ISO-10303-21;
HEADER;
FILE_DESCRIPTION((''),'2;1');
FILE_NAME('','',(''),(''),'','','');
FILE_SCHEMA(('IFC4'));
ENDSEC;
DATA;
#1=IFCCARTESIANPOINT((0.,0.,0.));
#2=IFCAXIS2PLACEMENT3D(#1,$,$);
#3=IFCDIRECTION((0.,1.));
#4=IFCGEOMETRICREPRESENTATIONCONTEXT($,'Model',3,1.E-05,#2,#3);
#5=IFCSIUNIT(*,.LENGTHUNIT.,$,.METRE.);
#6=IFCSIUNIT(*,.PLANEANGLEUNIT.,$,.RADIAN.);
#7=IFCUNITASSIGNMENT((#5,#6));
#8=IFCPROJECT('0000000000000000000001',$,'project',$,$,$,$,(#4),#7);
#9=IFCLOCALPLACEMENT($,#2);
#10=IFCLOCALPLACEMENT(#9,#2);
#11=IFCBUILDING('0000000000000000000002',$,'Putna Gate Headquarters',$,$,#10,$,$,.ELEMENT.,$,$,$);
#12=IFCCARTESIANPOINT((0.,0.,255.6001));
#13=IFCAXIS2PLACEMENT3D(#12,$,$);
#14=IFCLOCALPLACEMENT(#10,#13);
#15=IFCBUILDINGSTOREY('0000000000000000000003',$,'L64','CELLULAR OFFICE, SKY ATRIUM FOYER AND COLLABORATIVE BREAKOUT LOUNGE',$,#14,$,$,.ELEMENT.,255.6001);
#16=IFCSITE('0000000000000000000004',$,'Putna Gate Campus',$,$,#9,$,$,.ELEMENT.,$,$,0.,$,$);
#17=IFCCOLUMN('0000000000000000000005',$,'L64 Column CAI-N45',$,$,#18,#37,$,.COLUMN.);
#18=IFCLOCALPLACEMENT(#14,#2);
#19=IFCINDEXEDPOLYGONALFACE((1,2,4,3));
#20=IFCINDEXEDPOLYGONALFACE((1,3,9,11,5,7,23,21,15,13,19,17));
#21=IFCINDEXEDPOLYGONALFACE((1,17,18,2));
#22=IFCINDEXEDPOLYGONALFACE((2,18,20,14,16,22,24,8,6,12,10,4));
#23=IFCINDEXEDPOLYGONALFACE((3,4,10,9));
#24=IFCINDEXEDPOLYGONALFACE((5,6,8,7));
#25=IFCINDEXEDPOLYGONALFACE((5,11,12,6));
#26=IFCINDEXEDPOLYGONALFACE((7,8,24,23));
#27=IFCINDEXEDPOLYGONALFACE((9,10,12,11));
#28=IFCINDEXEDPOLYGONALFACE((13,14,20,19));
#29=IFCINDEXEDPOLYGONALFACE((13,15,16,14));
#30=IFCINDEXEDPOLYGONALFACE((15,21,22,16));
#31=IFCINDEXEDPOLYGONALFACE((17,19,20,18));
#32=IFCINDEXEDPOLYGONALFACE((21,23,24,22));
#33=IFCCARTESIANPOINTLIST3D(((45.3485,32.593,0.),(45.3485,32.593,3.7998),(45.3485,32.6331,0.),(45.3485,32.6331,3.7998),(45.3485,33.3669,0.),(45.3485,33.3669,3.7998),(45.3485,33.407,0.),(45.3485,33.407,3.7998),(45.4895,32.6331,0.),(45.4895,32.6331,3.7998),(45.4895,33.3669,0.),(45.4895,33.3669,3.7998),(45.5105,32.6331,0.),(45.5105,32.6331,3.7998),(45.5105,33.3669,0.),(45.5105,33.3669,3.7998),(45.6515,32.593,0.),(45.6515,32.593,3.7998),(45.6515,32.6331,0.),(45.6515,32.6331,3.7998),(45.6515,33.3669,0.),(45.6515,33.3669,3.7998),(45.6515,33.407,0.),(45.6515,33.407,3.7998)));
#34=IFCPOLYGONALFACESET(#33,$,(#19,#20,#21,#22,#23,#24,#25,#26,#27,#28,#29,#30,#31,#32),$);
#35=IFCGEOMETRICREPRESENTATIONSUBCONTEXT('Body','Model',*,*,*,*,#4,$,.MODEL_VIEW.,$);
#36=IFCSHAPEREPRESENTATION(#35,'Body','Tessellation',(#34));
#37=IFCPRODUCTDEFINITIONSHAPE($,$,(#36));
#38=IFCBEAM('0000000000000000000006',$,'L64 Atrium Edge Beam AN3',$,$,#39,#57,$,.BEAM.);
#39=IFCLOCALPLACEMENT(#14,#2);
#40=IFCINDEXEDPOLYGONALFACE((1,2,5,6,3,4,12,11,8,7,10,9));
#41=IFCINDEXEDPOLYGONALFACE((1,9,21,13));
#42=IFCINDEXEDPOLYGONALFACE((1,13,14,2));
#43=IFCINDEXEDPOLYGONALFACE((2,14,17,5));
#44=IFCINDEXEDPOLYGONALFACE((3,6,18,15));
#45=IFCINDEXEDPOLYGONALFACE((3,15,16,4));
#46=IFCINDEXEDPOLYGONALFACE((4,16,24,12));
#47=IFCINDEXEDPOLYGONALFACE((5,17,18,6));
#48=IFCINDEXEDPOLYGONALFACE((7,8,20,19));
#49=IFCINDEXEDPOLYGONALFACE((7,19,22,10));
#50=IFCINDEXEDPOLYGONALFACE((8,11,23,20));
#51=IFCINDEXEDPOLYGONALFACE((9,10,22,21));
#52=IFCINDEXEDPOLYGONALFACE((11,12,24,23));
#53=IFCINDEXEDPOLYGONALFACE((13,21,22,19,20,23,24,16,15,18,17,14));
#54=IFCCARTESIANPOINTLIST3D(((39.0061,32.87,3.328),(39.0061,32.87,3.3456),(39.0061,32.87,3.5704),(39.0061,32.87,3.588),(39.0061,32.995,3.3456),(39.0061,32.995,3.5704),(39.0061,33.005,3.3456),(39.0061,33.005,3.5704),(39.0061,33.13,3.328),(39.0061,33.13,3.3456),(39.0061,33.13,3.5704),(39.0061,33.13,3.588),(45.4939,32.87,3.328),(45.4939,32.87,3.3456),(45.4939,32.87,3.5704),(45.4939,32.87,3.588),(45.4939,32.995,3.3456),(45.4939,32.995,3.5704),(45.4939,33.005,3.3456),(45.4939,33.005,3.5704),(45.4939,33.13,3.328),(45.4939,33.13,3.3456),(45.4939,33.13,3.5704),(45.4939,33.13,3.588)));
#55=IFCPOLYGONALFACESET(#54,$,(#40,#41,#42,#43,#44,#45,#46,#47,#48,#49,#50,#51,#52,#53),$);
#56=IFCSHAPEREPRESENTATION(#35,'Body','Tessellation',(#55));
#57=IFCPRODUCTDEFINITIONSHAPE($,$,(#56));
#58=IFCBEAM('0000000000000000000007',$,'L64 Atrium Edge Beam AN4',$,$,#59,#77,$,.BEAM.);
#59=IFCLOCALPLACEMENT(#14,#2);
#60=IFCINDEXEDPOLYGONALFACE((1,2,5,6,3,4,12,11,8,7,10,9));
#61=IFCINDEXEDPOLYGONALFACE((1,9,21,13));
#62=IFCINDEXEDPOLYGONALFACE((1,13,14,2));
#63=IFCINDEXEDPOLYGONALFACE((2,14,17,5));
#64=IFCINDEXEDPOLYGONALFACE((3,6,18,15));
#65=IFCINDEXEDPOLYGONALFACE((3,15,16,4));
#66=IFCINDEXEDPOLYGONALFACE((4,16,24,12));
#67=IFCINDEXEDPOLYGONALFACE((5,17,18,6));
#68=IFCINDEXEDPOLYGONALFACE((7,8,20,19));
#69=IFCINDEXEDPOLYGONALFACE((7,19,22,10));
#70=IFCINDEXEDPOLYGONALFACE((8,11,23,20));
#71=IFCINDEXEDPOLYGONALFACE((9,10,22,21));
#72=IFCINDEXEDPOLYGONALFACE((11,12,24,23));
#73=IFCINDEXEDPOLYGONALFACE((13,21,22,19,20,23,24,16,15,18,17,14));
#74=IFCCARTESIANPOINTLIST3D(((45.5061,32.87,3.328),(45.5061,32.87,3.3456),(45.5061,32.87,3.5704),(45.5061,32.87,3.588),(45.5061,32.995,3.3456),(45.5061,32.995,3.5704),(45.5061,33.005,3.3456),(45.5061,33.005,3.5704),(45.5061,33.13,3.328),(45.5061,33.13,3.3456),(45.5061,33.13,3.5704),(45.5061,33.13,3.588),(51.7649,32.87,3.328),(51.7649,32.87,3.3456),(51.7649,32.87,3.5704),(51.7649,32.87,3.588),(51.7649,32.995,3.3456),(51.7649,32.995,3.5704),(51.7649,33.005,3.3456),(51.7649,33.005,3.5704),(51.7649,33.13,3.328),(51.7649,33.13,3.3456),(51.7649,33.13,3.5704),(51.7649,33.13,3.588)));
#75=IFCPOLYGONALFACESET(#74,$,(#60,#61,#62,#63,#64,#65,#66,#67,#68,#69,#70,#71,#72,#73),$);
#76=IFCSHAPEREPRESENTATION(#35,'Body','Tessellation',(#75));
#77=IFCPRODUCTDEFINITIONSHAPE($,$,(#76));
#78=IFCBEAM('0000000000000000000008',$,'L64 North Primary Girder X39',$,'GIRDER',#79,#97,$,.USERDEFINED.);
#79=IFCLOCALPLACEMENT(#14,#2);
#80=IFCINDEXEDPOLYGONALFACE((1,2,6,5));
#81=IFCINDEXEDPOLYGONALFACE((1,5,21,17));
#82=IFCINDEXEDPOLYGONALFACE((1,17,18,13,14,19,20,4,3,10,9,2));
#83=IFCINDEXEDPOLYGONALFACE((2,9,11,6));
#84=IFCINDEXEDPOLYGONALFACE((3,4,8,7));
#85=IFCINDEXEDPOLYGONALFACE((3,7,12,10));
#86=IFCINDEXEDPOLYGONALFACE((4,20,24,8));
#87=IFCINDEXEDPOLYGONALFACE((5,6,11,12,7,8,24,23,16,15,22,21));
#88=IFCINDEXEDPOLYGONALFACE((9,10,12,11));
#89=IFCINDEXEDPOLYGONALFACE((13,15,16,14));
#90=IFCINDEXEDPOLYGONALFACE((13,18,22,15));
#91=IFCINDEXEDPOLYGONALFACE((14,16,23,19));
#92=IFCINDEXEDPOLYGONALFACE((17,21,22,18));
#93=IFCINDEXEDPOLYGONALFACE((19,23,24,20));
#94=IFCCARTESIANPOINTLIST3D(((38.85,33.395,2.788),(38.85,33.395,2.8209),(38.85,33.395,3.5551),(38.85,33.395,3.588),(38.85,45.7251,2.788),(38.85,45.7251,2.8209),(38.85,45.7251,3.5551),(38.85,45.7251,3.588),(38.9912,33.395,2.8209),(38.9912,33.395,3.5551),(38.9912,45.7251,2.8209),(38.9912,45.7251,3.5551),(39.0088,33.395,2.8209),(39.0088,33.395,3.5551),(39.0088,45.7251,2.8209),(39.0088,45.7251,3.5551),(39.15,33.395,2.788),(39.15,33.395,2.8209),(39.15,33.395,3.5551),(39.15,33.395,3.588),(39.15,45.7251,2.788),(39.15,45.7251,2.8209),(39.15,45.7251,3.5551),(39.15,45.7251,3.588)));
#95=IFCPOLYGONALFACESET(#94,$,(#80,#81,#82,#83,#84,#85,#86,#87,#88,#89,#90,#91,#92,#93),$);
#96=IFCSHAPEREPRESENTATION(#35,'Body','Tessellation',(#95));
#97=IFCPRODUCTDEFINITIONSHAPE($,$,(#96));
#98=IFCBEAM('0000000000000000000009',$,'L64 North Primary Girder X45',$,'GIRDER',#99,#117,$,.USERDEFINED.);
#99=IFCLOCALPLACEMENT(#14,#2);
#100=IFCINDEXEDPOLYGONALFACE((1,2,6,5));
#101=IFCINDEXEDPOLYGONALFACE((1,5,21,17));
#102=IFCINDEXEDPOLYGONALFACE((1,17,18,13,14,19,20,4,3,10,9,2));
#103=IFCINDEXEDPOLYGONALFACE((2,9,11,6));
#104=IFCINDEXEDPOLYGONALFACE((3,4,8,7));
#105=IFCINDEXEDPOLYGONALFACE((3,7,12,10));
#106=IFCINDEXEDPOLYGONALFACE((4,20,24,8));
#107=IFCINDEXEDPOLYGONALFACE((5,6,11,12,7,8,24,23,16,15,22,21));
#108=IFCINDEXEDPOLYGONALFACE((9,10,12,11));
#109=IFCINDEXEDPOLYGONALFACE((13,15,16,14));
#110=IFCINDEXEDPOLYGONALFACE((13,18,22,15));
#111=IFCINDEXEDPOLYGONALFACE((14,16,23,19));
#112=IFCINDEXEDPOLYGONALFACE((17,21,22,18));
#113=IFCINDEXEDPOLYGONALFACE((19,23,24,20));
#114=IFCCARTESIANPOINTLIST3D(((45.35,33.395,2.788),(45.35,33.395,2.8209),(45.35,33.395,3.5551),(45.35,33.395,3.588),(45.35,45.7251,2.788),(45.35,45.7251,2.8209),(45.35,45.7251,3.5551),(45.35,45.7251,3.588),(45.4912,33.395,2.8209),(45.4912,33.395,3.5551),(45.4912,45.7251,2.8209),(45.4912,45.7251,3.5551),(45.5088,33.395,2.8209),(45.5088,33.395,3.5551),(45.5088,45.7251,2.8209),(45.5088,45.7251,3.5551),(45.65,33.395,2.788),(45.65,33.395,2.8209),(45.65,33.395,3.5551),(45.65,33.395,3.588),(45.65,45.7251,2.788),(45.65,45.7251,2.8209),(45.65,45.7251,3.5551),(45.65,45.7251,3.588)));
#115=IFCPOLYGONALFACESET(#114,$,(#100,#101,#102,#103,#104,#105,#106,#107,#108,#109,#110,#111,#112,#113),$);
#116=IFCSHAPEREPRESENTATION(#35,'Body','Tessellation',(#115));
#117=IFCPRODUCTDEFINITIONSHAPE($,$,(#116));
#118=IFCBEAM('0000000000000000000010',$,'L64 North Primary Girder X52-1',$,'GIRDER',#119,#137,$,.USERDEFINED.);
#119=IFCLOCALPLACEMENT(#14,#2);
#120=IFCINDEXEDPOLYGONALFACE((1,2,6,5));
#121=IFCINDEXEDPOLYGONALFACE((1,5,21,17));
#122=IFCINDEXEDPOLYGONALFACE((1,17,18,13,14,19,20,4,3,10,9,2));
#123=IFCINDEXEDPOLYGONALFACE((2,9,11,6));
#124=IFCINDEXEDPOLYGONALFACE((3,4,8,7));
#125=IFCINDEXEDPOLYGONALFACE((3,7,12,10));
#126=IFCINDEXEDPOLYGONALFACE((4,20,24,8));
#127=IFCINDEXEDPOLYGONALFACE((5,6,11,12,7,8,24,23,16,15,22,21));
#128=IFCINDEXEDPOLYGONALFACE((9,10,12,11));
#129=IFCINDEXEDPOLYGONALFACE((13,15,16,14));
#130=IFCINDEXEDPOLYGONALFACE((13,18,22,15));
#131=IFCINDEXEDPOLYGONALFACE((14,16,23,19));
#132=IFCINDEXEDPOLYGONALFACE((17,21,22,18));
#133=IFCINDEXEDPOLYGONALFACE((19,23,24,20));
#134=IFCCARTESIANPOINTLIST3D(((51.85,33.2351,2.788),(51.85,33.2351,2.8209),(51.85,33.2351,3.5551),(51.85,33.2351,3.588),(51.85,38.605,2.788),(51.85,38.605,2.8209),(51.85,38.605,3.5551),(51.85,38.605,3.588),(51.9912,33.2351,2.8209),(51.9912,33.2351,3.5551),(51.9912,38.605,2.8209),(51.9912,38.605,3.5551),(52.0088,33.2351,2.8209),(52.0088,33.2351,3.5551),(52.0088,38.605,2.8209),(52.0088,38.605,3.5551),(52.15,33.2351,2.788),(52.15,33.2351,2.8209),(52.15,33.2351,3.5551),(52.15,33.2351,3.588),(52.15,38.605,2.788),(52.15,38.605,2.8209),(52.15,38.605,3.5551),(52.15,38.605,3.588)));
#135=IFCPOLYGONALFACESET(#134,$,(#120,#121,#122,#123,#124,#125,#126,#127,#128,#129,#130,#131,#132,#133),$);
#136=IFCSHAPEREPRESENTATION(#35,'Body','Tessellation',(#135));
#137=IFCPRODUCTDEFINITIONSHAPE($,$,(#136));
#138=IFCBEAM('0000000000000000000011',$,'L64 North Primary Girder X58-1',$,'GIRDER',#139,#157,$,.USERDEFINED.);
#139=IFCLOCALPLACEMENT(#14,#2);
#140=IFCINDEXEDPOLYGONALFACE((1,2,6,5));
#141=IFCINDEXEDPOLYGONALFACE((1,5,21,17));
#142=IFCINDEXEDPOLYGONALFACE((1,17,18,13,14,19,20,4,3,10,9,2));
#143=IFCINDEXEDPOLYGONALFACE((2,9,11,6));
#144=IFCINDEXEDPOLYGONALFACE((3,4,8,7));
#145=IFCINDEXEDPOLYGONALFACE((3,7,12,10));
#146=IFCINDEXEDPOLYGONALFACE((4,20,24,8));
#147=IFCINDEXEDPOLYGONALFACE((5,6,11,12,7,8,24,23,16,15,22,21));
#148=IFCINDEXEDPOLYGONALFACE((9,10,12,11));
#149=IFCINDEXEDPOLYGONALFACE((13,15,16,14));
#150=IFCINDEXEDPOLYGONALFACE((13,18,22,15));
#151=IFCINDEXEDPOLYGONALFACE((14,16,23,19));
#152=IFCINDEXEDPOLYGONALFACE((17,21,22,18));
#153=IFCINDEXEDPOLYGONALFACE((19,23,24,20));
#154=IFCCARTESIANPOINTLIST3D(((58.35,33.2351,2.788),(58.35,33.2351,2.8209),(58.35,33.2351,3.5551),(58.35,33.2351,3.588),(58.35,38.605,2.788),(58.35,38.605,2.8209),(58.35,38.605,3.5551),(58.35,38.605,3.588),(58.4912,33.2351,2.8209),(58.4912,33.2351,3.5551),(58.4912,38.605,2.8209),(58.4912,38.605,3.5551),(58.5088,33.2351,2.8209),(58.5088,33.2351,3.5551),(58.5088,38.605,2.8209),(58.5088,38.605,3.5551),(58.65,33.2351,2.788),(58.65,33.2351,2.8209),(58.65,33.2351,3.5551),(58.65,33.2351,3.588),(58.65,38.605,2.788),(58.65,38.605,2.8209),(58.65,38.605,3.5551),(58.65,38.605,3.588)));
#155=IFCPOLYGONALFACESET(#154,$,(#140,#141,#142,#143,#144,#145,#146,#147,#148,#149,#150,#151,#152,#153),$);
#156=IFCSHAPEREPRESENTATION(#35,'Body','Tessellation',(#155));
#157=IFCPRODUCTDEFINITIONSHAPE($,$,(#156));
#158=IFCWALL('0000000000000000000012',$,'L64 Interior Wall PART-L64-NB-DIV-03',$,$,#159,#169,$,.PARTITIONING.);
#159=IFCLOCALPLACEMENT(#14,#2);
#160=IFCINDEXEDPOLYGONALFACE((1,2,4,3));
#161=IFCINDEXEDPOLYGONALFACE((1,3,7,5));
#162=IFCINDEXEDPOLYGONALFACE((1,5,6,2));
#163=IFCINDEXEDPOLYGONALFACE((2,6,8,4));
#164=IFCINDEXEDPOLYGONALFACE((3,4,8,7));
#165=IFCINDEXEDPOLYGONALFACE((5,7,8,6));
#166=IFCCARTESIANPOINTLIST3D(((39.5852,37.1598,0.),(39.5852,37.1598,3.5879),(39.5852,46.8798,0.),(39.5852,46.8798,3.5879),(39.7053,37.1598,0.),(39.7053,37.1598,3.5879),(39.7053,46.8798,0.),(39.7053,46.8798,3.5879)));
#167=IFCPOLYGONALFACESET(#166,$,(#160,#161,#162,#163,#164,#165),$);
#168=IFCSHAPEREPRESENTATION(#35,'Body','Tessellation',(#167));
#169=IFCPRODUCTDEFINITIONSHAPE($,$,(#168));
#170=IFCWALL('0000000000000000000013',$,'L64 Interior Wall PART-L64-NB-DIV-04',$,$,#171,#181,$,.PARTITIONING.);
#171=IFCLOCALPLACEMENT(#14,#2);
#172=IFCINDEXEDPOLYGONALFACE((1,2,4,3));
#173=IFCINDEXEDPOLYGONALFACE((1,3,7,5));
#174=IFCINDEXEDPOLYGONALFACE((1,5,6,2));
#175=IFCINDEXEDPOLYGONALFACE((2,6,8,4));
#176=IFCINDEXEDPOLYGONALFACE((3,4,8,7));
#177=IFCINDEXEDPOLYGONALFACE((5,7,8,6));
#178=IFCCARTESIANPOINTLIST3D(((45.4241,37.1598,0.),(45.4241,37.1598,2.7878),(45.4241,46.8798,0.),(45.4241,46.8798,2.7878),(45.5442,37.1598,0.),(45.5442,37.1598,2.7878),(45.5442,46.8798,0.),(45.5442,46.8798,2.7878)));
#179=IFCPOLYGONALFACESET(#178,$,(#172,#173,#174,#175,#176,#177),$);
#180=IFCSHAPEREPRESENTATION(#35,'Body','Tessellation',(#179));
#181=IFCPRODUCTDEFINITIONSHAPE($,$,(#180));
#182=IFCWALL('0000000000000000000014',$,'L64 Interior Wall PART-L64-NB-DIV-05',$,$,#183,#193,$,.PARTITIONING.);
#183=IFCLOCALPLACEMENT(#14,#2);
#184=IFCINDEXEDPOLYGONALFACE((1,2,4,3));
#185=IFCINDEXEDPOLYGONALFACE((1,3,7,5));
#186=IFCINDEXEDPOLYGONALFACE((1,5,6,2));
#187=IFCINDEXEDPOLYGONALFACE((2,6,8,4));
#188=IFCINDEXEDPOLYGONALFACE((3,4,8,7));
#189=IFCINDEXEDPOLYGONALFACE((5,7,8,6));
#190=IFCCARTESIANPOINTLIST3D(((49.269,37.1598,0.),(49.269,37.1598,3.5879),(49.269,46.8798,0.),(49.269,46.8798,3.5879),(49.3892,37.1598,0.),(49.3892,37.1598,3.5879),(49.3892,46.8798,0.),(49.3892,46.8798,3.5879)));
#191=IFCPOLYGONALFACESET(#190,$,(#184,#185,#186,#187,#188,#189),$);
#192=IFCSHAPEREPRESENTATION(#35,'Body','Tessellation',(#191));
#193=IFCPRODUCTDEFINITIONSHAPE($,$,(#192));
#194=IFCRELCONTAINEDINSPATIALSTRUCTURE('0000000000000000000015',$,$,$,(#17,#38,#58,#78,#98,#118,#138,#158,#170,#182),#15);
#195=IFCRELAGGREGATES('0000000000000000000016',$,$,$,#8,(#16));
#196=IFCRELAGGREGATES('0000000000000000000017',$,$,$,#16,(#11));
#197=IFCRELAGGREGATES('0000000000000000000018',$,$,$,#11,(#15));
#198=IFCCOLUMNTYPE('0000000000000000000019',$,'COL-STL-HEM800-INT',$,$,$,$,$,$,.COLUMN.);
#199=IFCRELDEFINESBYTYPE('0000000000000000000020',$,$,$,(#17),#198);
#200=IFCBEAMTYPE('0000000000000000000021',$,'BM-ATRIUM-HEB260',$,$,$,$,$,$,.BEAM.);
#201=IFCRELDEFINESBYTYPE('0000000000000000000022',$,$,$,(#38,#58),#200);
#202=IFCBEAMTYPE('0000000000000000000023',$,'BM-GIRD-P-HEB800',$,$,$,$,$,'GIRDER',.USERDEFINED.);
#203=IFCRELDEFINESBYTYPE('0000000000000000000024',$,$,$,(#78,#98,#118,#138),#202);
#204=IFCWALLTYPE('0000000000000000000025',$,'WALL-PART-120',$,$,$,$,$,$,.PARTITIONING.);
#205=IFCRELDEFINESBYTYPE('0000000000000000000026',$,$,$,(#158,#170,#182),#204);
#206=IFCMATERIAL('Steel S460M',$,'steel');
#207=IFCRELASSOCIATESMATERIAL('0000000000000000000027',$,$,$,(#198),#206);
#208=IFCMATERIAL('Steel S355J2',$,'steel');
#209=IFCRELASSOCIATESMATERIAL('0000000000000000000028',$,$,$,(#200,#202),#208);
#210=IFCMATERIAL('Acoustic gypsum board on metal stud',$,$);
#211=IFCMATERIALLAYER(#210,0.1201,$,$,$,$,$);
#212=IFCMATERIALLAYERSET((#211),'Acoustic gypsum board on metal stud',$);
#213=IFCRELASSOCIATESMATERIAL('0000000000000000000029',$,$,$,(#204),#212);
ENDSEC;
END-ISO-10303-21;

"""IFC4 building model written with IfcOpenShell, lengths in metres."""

from ifc_helpers import new_model, si_unit, direction, frame, frame_2d, origin, origin_2d, place, context, subcontext, project, spatial, rectangle, i_section, extrude, material, layer, layer_set, material_profile, profile_set, type_object, element, save


model = new_model("IFC4")

# Units and contexts
model_context = context("Model", 3, precision=1e-05, world=origin(), true_north=direction((0.0, 1.0)))
body_context = subcontext(model_context, "Body", "Model", "MODEL_VIEW")
ifc_project = project(units=[si_unit("LENGTHUNIT", "METRE"), si_unit("PLANEANGLEUNIT", "RADIAN")], contexts=[model_context])

# Site, building, storey
site_placement = place(None, origin())
site = spatial("IfcSite", under=ifc_project, at=site_placement, Name="Putna Gate Campus", CompositionType="ELEMENT", RefElevation=0.0)
building_placement = place(site_placement, origin())
building = spatial("IfcBuilding", under=site, at=building_placement, Name="Putna Gate Headquarters", CompositionType="ELEMENT")
storey_placement = place(building_placement, frame((0.0, 0.0, 255.6001)))
storey = spatial("IfcBuildingStorey", under=building, at=storey_placement, Name="L64", Description="CELLULAR OFFICE, SKY ATRIUM FOYER AND COLLABORATIVE BREAKOUT LOUNGE", CompositionType="ELEMENT", Elevation=255.6001)

# Column
ifc_material_1 = material(Name="Steel S460M", Category="steel")
ifc_material_profile_1 = material_profile(ifc_material_1, i_section(OverallWidth=0.303, OverallDepth=0.814, WebThickness=0.021, FlangeThickness=0.04, at=origin_2d()), Name="Steel S460M")
ifc_profile_set_1 = profile_set([ifc_material_profile_1], Name="Steel S460M")
column_type = type_object("IfcColumnType", Name="COL-STL-HEM800-INT", PredefinedType="COLUMN", material=ifc_profile_set_1)
column_placement = place(storey_placement, frame((45.5, 33.0, 0.0), z_axis=(0.0, 0.0, 1.0), x_axis=(1.0, 0.0, 0.0)))
element("IfcColumn", 1, at=column_placement, inside=storey, type_object=column_type, Name="L64 Column CAI-N45", PredefinedType="COLUMN", context=body_context, shape_type="SweptSolid", body=[
    extrude(i_section(OverallWidth=0.303, OverallDepth=0.814, WebThickness=0.021, FlangeThickness=0.04, at=origin_2d()), origin(), (0.0, 0.0, 1.0), 3.7998),
])

# Beams
ifc_material_2 = material(Name="Steel S355J2", Category="steel")
ifc_material_profile_2 = material_profile(ifc_material_2, i_section(OverallWidth=0.26, OverallDepth=0.26, WebThickness=0.01, FlangeThickness=0.0176, at=origin_2d()), Name="Steel S355J2")
ifc_profile_set_2 = profile_set([ifc_material_profile_2], Name="Steel S355J2")
beam_type_1 = type_object("IfcBeamType", Name="BM-ATRIUM-HEB260", PredefinedType="BEAM", material=ifc_profile_set_2)
beam_1_placement = place(storey_placement, frame((39.0061, 33.0, 3.458), z_axis=(1.0, 0.0, 0.0), x_axis=(0.0, 1.0, 0.0)))
element("IfcBeam", 2, at=beam_1_placement, inside=storey, type_object=beam_type_1, Name="L64 Atrium Edge Beam AN3", PredefinedType="BEAM", context=body_context, shape_type="SweptSolid", body=[
    extrude(i_section(OverallWidth=0.26, OverallDepth=0.26, WebThickness=0.01, FlangeThickness=0.0176, at=origin_2d()), origin(), (0.0, 0.0, 1.0), 6.4878),
])
beam_2_placement = place(storey_placement, frame((45.5061, 33.0, 3.458), z_axis=(1.0, 0.0, 0.0), x_axis=(0.0, 1.0, 0.0)))
element("IfcBeam", 3, at=beam_2_placement, inside=storey, type_object=beam_type_1, Name="L64 Atrium Edge Beam AN4", PredefinedType="BEAM", context=body_context, shape_type="SweptSolid", body=[
    extrude(i_section(OverallWidth=0.26, OverallDepth=0.26, WebThickness=0.01, FlangeThickness=0.0176, at=origin_2d()), origin(), (0.0, 0.0, 1.0), 6.2588),
])
ifc_material_profile_3 = material_profile(ifc_material_2, i_section(OverallWidth=0.3, OverallDepth=0.8, WebThickness=0.0176, FlangeThickness=0.033, at=origin_2d()), Name="Steel S355J2")
ifc_profile_set_3 = profile_set([ifc_material_profile_3], Name="Steel S355J2")
beam_type_2 = type_object("IfcBeamType", Name="BM-GIRD-P-HEB800", ElementType="GIRDER", PredefinedType="USERDEFINED", material=ifc_profile_set_3)
for number, where, z_axis, x_axis, name in (
    (4, (39.0, 33.395, 3.188), (0.0, 1.0, 0.0), (-1.0, 0.0, 0.0), "L64 North Primary Girder X39"),
    (5, (45.5, 33.395, 3.188), (0.0, 1.0, 0.0), (-1.0, 0.0, 0.0), "L64 North Primary Girder X45"),
):
    element("IfcBeam", number, at=place(storey_placement, frame(where, z_axis=z_axis, x_axis=x_axis)), inside=storey, type_object=beam_type_2, Name=name, ObjectType="GIRDER", PredefinedType="USERDEFINED", context=body_context, shape_type="SweptSolid", body=[
        extrude(i_section(OverallWidth=0.3, OverallDepth=0.8, WebThickness=0.0176, FlangeThickness=0.033, at=origin_2d()), origin(), (0.0, 0.0, 1.0), 12.3301),
    ])
for number, where, z_axis, x_axis, name in (
    (6, (52.0, 33.2351, 3.188), (0.0, 1.0, 0.0), (-1.0, 0.0, 0.0), "L64 North Primary Girder X52-1"),
    (7, (58.5, 33.2351, 3.188), (0.0, 1.0, 0.0), (-1.0, 0.0, 0.0), "L64 North Primary Girder X58-1"),
):
    element("IfcBeam", number, at=place(storey_placement, frame(where, z_axis=z_axis, x_axis=x_axis)), inside=storey, type_object=beam_type_2, Name=name, ObjectType="GIRDER", PredefinedType="USERDEFINED", context=body_context, shape_type="SweptSolid", body=[
        extrude(i_section(OverallWidth=0.3, OverallDepth=0.8, WebThickness=0.0176, FlangeThickness=0.033, at=origin_2d()), origin(), (0.0, 0.0, 1.0), 5.3699),
    ])

# Shared definitions
ifc_material_3 = material(Name="Acoustic gypsum board on metal stud")
ifc_layer_1 = layer(ifc_material_3, 0.1201)
ifc_layer_set_1 = layer_set([ifc_layer_1], Name="Acoustic gypsum board on metal stud")
wall_type_1 = type_object("IfcWallType", Name="WALL-PART-120", PredefinedType="PARTITIONING", material=ifc_layer_set_1)

# Walls
wall_1_placement = place(storey_placement, frame((39.6453, 37.1599, 0.0), z_axis=(0.0, 0.0, 1.0), x_axis=(0.0, 1.0, 0.0)))
element("IfcWall", 8, at=wall_1_placement, inside=storey, type_object=wall_type_1, Name="L64 Interior Wall PART-L64-NB-DIV-03", PredefinedType="PARTITIONING", context=body_context, shape_type="SweptSolid", body=[
    extrude(rectangle(XDim=9.72, YDim=0.1201, at=frame_2d((4.8599, 0.0))), origin(), (0.0, 0.0, 1.0), 3.5879),
])
wall_2_placement = place(storey_placement, frame((45.4841, 37.1599, 0.0), z_axis=(0.0, 0.0, 1.0), x_axis=(0.0, 1.0, 0.0)))
element("IfcWall", 9, at=wall_2_placement, inside=storey, type_object=wall_type_1, Name="L64 Interior Wall PART-L64-NB-DIV-04", PredefinedType="PARTITIONING", context=body_context, shape_type="SweptSolid", body=[
    extrude(rectangle(XDim=9.72, YDim=0.1201, at=frame_2d((4.8599, 0.0))), origin(), (0.0, 0.0, 1.0), 2.7878),
])
for number, where, z_axis, x_axis, name in (
    (10, (49.3291, 37.1599, 0.0), (0.0, 0.0, 1.0), (0.0, 1.0, 0.0), "L64 Interior Wall PART-L64-NB-DIV-05"),
):
    element("IfcWall", number, at=place(storey_placement, frame(where, z_axis=z_axis, x_axis=x_axis)), inside=storey, type_object=wall_type_1, Name=name, PredefinedType="PARTITIONING", context=body_context, shape_type="SweptSolid", body=[
        extrude(rectangle(XDim=9.72, YDim=0.1201, at=frame_2d((4.8599, 0.0))), origin(), (0.0, 0.0, 1.0), 3.5879),
    ])

save(model, "model.ifc")
